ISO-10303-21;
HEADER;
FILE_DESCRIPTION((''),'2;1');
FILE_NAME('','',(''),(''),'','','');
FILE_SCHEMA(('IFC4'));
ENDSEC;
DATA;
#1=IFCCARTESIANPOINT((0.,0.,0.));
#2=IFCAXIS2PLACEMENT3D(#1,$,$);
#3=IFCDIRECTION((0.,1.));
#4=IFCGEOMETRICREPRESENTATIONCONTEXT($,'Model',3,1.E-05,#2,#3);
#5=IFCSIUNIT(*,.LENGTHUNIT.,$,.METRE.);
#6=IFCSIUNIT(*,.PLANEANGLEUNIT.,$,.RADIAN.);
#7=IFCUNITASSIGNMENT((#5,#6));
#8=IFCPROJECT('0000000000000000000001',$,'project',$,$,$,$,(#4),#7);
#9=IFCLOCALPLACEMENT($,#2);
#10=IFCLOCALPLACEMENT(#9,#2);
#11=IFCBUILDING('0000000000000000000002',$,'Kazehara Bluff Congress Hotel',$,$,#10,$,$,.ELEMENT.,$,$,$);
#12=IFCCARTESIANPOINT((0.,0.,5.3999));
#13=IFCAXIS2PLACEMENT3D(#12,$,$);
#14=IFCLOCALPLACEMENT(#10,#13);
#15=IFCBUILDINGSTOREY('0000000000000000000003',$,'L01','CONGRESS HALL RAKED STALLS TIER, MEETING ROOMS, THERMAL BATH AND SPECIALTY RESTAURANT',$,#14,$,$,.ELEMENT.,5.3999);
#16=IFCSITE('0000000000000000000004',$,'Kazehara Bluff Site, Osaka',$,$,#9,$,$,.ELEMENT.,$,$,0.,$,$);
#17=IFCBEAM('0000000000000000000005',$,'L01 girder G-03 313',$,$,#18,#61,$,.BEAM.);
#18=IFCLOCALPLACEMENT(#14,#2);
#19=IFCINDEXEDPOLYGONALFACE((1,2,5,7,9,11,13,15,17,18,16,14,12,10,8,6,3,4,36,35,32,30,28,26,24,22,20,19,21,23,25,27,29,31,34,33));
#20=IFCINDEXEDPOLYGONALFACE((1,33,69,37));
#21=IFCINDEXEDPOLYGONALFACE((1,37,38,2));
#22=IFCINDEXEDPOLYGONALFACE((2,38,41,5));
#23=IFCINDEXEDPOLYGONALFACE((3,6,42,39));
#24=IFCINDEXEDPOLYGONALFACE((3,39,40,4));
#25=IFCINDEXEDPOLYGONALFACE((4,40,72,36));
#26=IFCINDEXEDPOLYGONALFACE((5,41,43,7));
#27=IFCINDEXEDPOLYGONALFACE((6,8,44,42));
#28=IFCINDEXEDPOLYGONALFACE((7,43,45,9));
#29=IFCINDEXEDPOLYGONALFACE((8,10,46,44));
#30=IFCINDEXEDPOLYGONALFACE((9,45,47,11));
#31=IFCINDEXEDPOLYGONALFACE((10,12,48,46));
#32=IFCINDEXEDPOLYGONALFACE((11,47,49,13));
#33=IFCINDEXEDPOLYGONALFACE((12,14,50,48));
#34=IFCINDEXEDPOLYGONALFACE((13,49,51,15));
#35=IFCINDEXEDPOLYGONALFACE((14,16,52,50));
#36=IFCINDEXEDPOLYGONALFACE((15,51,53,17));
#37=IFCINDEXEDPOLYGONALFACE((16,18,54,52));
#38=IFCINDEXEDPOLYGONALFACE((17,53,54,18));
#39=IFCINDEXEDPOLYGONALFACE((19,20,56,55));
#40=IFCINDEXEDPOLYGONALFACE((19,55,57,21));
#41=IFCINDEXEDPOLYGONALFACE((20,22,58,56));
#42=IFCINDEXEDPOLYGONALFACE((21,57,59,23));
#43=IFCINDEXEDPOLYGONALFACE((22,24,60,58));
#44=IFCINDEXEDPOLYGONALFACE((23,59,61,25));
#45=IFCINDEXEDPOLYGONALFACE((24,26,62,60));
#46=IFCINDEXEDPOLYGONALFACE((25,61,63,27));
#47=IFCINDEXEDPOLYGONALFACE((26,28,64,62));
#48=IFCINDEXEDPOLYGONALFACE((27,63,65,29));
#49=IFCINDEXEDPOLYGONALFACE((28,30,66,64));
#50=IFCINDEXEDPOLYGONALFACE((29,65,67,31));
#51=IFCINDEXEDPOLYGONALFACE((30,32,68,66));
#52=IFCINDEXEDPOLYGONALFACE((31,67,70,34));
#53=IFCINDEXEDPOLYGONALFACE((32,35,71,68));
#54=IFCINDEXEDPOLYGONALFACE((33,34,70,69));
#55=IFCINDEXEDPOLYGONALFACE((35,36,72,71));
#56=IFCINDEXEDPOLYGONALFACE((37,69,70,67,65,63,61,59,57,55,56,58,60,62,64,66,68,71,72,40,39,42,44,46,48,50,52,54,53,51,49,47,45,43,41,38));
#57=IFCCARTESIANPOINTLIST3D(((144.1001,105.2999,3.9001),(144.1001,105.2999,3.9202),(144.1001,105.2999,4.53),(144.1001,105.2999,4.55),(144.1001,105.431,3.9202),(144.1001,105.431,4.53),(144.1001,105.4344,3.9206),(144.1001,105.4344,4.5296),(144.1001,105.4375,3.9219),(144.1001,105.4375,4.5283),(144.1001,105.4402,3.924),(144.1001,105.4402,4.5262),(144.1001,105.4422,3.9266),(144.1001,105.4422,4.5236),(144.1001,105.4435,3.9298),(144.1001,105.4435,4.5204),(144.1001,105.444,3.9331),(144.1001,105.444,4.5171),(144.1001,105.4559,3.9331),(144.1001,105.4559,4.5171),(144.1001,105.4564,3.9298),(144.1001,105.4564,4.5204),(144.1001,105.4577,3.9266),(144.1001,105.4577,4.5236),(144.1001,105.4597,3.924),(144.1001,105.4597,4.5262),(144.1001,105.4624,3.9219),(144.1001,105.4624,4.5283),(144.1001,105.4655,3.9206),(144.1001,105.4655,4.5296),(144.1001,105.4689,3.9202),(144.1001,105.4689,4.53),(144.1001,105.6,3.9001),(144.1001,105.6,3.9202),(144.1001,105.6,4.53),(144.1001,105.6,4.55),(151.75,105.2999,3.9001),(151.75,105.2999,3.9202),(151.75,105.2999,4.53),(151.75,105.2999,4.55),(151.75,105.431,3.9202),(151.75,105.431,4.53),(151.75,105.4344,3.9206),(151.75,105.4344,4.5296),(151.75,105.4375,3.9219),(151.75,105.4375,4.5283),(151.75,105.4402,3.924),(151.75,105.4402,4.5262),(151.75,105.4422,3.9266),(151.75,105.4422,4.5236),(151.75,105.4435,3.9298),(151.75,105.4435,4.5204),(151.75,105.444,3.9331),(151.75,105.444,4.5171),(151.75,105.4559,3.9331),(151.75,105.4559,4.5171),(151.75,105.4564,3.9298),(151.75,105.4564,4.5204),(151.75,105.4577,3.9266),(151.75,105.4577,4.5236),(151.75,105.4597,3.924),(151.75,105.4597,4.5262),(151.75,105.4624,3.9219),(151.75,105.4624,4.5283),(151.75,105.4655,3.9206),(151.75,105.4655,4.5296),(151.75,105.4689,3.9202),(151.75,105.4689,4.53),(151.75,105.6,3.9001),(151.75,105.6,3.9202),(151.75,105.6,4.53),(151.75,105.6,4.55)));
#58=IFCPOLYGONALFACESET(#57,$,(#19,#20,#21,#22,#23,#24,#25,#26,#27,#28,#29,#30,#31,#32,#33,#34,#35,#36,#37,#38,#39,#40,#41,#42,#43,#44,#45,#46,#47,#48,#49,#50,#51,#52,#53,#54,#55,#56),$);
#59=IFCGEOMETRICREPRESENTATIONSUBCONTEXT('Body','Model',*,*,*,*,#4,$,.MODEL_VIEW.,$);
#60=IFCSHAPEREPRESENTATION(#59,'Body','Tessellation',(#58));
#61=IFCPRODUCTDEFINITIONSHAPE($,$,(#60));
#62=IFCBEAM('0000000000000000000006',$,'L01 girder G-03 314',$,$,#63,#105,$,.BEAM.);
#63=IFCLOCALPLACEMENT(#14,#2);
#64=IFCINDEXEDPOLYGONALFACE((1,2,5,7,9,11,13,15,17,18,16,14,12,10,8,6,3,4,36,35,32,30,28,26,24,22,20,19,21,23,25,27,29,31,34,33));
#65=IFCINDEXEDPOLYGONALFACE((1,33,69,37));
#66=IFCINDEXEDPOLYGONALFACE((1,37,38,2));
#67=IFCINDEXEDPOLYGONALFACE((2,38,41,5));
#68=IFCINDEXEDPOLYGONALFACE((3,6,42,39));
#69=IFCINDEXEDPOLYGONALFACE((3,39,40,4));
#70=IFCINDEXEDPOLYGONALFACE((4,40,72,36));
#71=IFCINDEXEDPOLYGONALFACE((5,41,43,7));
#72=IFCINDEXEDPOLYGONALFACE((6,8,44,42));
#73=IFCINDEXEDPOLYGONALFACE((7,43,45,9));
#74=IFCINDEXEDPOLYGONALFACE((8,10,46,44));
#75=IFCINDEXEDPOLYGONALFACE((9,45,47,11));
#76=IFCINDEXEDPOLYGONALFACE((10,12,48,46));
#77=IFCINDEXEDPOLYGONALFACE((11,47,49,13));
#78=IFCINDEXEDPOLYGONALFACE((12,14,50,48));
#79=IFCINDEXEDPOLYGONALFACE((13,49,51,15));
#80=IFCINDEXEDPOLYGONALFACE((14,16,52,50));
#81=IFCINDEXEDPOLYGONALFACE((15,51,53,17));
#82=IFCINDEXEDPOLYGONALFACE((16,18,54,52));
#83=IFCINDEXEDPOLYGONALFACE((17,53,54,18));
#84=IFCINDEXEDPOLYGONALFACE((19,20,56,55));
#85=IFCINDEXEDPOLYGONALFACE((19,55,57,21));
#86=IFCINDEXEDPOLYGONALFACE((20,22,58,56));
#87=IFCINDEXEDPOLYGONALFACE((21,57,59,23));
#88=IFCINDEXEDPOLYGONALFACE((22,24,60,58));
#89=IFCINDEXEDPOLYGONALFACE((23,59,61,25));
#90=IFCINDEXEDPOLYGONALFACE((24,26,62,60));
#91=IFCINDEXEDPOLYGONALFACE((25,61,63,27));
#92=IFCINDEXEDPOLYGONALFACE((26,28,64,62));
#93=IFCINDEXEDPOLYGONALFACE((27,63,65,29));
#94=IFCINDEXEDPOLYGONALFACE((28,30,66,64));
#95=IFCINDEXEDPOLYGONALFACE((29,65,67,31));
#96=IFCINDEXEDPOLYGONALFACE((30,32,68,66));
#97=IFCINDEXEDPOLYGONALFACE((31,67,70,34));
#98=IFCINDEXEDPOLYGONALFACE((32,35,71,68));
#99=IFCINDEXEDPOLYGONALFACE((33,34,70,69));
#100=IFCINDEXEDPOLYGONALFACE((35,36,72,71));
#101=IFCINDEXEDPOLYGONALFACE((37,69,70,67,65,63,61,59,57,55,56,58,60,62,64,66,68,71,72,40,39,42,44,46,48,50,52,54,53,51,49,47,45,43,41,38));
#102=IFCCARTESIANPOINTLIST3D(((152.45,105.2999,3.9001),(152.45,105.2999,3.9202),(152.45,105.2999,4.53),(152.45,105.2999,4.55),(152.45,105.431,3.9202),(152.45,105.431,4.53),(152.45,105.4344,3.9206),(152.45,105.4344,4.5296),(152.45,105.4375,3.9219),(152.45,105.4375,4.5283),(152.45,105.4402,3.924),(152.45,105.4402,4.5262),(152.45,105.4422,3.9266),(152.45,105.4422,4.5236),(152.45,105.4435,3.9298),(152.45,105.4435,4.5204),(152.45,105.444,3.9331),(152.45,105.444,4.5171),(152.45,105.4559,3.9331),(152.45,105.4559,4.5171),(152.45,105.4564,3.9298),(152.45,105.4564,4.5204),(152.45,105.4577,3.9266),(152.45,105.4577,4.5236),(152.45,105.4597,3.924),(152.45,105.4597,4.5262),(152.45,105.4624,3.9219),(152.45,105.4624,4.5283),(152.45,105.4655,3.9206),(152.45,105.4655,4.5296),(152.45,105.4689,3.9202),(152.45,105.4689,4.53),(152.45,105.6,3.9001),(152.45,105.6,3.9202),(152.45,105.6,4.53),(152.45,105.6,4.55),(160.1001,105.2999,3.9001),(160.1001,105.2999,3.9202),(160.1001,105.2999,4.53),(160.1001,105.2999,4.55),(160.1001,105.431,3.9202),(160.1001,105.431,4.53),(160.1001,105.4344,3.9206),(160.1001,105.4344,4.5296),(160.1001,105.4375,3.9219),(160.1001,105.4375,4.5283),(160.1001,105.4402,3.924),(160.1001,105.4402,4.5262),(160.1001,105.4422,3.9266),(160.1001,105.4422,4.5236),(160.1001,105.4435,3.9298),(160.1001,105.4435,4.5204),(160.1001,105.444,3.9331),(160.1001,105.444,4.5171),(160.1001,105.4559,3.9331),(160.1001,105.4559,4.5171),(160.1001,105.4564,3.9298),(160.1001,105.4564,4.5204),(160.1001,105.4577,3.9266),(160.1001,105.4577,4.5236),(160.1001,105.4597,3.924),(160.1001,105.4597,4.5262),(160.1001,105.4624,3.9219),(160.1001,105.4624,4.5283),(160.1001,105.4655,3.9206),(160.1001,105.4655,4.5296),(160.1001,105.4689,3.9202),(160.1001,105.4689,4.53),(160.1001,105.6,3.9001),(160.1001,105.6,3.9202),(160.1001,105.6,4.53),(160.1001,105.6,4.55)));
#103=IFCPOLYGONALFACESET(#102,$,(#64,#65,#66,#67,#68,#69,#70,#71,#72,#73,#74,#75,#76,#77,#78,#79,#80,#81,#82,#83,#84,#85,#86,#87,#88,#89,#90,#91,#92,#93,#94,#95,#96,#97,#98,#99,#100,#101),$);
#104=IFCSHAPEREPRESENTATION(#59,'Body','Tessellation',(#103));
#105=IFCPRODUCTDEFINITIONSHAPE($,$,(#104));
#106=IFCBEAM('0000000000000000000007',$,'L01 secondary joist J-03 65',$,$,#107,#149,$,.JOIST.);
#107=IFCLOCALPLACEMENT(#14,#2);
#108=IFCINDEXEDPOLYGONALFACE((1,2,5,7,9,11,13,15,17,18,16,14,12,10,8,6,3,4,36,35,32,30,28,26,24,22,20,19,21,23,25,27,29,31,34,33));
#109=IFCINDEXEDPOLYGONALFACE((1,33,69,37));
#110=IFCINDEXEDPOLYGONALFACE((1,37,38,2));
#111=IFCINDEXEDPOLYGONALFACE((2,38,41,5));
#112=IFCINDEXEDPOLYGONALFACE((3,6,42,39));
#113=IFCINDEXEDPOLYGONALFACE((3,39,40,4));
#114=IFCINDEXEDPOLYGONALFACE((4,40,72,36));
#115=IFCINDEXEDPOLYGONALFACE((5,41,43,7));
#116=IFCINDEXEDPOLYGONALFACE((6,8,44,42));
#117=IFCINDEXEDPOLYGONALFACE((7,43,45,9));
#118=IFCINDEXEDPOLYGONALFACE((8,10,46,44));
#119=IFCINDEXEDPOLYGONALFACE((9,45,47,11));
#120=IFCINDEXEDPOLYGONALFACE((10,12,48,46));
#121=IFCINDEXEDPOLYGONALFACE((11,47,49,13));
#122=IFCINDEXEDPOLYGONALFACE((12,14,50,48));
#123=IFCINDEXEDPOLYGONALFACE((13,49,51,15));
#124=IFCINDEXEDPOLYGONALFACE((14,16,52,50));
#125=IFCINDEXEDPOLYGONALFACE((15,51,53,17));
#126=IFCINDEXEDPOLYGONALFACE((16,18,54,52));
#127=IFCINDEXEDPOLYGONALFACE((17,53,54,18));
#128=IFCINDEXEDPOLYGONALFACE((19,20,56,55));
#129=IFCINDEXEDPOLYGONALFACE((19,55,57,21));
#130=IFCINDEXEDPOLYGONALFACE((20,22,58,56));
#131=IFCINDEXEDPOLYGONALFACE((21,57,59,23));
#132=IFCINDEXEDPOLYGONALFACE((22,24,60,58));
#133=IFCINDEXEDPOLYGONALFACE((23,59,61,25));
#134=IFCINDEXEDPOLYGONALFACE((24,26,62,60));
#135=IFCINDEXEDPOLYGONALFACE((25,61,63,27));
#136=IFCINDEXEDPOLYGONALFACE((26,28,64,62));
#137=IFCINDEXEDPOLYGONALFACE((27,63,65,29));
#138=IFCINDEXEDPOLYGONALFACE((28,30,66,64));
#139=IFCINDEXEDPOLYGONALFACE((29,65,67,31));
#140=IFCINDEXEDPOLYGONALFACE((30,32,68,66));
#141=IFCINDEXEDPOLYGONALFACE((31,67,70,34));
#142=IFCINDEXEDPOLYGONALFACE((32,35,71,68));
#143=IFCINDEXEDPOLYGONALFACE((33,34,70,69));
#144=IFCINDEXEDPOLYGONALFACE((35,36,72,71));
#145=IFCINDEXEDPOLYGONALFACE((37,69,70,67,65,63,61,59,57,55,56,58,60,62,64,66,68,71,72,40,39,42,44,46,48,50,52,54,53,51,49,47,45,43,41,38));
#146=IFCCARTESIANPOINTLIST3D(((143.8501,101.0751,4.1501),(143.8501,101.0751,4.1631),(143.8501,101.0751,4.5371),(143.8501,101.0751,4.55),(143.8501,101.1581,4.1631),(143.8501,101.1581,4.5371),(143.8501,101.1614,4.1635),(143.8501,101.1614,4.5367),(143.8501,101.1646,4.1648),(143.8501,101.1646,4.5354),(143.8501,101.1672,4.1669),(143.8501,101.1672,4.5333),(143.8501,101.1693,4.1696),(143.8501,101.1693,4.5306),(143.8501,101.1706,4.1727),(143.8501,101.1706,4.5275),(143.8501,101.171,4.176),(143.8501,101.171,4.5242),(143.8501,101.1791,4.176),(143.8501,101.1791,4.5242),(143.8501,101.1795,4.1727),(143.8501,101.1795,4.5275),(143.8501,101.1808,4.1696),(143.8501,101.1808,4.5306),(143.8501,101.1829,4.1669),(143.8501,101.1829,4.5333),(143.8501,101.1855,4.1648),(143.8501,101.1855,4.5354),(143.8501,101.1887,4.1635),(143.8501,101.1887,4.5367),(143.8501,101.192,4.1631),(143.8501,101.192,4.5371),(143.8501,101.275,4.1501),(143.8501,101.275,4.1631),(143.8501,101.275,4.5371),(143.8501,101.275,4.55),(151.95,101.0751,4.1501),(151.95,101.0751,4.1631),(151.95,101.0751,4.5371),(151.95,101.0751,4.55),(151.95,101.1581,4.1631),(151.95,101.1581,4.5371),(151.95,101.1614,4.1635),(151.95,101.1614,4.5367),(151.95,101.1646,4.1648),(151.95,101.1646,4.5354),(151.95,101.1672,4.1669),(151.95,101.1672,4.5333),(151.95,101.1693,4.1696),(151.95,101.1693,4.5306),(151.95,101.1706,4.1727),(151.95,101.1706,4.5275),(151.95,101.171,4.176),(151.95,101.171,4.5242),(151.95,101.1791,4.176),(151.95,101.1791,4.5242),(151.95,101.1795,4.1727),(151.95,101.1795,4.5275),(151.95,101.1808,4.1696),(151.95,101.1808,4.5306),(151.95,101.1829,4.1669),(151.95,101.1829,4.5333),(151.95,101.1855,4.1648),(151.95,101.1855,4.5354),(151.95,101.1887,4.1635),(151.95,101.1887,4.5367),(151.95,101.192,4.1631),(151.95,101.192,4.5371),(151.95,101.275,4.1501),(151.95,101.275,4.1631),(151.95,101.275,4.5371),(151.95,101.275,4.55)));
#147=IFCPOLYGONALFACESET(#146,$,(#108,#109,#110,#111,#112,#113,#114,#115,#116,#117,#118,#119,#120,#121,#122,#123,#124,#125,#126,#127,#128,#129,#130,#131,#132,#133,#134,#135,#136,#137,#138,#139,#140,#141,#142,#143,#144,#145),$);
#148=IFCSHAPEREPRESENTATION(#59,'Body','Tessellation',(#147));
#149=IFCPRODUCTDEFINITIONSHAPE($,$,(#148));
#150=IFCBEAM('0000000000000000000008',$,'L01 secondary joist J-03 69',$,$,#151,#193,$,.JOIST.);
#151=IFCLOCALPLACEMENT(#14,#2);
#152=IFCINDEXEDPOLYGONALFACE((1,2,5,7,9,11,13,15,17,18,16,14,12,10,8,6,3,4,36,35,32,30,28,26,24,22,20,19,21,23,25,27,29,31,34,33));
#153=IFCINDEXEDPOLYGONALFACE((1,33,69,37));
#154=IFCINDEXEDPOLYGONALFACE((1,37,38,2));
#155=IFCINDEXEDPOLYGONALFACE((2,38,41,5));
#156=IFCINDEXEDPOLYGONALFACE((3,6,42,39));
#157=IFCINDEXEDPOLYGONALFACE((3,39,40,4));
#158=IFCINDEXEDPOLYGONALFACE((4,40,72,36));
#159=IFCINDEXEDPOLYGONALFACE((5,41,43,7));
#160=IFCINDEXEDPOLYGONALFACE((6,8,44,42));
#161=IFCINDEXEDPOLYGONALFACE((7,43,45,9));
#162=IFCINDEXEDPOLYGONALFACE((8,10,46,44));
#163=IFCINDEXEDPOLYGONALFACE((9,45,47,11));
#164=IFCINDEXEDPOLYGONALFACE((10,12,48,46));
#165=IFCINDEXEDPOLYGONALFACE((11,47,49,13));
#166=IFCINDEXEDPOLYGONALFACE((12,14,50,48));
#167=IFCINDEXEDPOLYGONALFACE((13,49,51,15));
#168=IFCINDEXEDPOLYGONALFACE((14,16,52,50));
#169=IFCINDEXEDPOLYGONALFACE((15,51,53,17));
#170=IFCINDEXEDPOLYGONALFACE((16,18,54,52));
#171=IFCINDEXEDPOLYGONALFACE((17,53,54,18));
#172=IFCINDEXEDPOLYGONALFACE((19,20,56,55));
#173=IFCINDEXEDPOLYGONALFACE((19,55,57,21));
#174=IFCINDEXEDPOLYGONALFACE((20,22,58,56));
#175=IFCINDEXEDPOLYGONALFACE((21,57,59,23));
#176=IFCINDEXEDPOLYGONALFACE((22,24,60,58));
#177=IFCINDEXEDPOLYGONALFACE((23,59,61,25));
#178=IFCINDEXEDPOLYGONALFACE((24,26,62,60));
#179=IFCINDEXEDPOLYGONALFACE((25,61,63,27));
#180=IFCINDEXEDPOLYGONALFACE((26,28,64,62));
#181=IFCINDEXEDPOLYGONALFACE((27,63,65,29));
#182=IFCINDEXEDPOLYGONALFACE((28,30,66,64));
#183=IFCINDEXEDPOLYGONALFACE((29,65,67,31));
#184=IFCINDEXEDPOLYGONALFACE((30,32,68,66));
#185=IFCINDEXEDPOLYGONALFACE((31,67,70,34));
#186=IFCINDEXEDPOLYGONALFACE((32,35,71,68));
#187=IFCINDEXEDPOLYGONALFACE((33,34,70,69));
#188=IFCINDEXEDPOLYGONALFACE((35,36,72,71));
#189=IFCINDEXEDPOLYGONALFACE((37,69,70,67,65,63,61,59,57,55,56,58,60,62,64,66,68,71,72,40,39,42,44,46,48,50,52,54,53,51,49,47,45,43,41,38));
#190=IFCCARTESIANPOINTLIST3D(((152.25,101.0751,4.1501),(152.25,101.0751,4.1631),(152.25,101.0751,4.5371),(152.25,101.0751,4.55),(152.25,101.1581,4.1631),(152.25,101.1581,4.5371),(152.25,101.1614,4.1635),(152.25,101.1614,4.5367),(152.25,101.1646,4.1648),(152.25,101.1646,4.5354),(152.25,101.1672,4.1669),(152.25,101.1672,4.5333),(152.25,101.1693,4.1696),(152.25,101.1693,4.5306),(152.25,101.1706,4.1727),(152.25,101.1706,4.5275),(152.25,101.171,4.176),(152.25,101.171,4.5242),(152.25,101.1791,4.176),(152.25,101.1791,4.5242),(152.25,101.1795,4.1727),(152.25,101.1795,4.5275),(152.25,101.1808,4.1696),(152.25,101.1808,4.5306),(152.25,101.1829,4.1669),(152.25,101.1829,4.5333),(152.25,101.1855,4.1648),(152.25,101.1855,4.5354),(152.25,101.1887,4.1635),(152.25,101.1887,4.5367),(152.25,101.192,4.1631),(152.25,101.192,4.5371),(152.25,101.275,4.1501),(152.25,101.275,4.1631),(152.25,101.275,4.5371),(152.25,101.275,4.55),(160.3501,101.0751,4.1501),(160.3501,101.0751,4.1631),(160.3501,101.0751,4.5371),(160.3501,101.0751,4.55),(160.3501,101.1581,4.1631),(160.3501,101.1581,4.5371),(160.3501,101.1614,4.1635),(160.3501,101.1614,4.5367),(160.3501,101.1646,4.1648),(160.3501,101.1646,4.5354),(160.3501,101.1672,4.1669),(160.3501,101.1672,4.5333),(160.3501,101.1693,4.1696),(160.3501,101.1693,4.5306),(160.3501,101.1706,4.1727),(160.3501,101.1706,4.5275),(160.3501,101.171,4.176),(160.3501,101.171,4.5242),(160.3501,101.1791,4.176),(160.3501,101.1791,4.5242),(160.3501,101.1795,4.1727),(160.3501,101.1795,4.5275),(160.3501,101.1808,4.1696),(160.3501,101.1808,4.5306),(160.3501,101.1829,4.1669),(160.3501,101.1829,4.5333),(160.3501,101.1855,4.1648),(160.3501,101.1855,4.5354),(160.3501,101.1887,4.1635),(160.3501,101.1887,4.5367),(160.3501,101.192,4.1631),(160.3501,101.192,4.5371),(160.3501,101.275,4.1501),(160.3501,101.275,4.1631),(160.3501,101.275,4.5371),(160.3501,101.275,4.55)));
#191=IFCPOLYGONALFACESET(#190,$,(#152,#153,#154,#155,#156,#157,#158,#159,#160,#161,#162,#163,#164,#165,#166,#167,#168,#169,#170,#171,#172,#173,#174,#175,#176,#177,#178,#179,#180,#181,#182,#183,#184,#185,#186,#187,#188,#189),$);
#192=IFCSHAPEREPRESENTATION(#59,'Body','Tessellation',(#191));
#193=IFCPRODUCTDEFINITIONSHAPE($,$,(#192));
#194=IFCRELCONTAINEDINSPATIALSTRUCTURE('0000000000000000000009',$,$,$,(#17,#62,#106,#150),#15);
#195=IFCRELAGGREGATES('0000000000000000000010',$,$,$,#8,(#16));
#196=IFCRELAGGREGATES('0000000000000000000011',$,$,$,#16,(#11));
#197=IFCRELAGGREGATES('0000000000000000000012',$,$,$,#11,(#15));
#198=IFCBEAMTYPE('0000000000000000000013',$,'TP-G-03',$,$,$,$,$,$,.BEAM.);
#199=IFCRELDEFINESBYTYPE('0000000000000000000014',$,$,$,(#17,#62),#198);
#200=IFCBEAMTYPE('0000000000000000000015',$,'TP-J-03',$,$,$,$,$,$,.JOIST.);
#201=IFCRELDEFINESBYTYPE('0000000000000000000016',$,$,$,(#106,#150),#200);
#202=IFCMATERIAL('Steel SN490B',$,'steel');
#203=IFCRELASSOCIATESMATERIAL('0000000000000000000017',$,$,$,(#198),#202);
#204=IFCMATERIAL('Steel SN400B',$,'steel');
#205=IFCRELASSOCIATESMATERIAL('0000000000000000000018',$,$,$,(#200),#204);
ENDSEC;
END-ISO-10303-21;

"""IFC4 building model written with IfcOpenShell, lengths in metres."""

from ifc_helpers import new_model, si_unit, direction, frame, origin, origin_2d, place, context, subcontext, project, spatial, i_section, extrude, material, material_profile, profile_set, type_object, element, save


model = new_model("IFC4")

# Units and contexts
model_context = context("Model", 3, precision=1e-05, world=origin(), true_north=direction((0.0, 1.0)))
body_context = subcontext(model_context, "Body", "Model", "MODEL_VIEW")
ifc_project = project(units=[si_unit("LENGTHUNIT", "METRE"), si_unit("PLANEANGLEUNIT", "RADIAN")], contexts=[model_context])

# Site, building, storey
site_placement = place(None, origin())
site = spatial("IfcSite", under=ifc_project, at=site_placement, Name="Kazehara Bluff Site, Osaka", CompositionType="ELEMENT", RefElevation=0.0)
building_placement = place(site_placement, origin())
building = spatial("IfcBuilding", under=site, at=building_placement, Name="Kazehara Bluff Congress Hotel", CompositionType="ELEMENT")
storey_placement = place(building_placement, frame((0.0, 0.0, 5.3999)))
storey = spatial("IfcBuildingStorey", under=building, at=storey_placement, Name="L01", Description="CONGRESS HALL RAKED STALLS TIER, MEETING ROOMS, THERMAL BATH AND SPECIALTY RESTAURANT", CompositionType="ELEMENT", Elevation=5.3999)

# Beams
ifc_material_1 = material(Name="Steel SN490B", Category="steel")
ifc_material_profile_1 = material_profile(ifc_material_1, i_section(OverallWidth=0.3, OverallDepth=0.6499, WebThickness=0.012, FlangeThickness=0.02, FilletRadius=0.0129, at=origin_2d()))
ifc_profile_set_1 = profile_set([ifc_material_profile_1], Name="Steel SN490B")
beam_type_1 = type_object("IfcBeamType", Name="TP-G-03", PredefinedType="BEAM", material=ifc_profile_set_1)
beam_1_placement = place(storey_placement, frame((144.1001, 105.45, 4.2251), z_axis=(1.0, 0.0, 0.0), x_axis=(0.0, 1.0, 0.0)))
element("IfcBeam", 1, at=beam_1_placement, inside=storey, type_object=beam_type_1, Name="L01 girder G-03 313", PredefinedType="BEAM", context=body_context, shape_type="SweptSolid", body=[
    extrude(i_section(OverallWidth=0.3, OverallDepth=0.6499, WebThickness=0.012, FlangeThickness=0.02, FilletRadius=0.0129, at=origin_2d()), origin(), (0.0, 0.0, 1.0), 7.6499),
])
beam_2_placement = place(storey_placement, frame((152.45, 105.45, 4.2251), z_axis=(1.0, 0.0, 0.0), x_axis=(0.0, 1.0, 0.0)))
element("IfcBeam", 2, at=beam_2_placement, inside=storey, type_object=beam_type_1, Name="L01 girder G-03 314", PredefinedType="BEAM", context=body_context, shape_type="SweptSolid", body=[
    extrude(i_section(OverallWidth=0.3, OverallDepth=0.6499, WebThickness=0.012, FlangeThickness=0.02, FilletRadius=0.0129, at=origin_2d()), origin(), (0.0, 0.0, 1.0), 7.6501),
])
ifc_material_2 = material(Name="Steel SN400B", Category="steel")
ifc_material_profile_2 = material_profile(ifc_material_2, i_section(OverallWidth=0.2, OverallDepth=0.3999, WebThickness=0.0081, FlangeThickness=0.0129, FilletRadius=0.0129, at=origin_2d()))
ifc_profile_set_2 = profile_set([ifc_material_profile_2], Name="Steel SN400B")
beam_type_2 = type_object("IfcBeamType", Name="TP-J-03", PredefinedType="JOIST", material=ifc_profile_set_2)
beam_3_placement = place(storey_placement, frame((143.8501, 101.175, 4.3501), z_axis=(1.0, 0.0, 0.0), x_axis=(0.0, 1.0, 0.0)))
element("IfcBeam", 3, at=beam_3_placement, inside=storey, type_object=beam_type_2, Name="L01 secondary joist J-03 65", PredefinedType="JOIST", context=body_context, shape_type="SweptSolid", body=[
    extrude(i_section(OverallWidth=0.2, OverallDepth=0.3999, WebThickness=0.0081, FlangeThickness=0.0129, FilletRadius=0.0129, at=origin_2d()), origin(), (0.0, 0.0, 1.0), 8.0999),
])
beam_4_placement = place(storey_placement, frame((152.25, 101.175, 4.3501), z_axis=(1.0, 0.0, 0.0), x_axis=(0.0, 1.0, 0.0)))
element("IfcBeam", 4, at=beam_4_placement, inside=storey, type_object=beam_type_2, Name="L01 secondary joist J-03 69", PredefinedType="JOIST", context=body_context, shape_type="SweptSolid", body=[
    extrude(i_section(OverallWidth=0.2, OverallDepth=0.3999, WebThickness=0.0081, FlangeThickness=0.0129, FilletRadius=0.0129, at=origin_2d()), origin(), (0.0, 0.0, 1.0), 8.1001),
])

save(model, "model.ifc")
